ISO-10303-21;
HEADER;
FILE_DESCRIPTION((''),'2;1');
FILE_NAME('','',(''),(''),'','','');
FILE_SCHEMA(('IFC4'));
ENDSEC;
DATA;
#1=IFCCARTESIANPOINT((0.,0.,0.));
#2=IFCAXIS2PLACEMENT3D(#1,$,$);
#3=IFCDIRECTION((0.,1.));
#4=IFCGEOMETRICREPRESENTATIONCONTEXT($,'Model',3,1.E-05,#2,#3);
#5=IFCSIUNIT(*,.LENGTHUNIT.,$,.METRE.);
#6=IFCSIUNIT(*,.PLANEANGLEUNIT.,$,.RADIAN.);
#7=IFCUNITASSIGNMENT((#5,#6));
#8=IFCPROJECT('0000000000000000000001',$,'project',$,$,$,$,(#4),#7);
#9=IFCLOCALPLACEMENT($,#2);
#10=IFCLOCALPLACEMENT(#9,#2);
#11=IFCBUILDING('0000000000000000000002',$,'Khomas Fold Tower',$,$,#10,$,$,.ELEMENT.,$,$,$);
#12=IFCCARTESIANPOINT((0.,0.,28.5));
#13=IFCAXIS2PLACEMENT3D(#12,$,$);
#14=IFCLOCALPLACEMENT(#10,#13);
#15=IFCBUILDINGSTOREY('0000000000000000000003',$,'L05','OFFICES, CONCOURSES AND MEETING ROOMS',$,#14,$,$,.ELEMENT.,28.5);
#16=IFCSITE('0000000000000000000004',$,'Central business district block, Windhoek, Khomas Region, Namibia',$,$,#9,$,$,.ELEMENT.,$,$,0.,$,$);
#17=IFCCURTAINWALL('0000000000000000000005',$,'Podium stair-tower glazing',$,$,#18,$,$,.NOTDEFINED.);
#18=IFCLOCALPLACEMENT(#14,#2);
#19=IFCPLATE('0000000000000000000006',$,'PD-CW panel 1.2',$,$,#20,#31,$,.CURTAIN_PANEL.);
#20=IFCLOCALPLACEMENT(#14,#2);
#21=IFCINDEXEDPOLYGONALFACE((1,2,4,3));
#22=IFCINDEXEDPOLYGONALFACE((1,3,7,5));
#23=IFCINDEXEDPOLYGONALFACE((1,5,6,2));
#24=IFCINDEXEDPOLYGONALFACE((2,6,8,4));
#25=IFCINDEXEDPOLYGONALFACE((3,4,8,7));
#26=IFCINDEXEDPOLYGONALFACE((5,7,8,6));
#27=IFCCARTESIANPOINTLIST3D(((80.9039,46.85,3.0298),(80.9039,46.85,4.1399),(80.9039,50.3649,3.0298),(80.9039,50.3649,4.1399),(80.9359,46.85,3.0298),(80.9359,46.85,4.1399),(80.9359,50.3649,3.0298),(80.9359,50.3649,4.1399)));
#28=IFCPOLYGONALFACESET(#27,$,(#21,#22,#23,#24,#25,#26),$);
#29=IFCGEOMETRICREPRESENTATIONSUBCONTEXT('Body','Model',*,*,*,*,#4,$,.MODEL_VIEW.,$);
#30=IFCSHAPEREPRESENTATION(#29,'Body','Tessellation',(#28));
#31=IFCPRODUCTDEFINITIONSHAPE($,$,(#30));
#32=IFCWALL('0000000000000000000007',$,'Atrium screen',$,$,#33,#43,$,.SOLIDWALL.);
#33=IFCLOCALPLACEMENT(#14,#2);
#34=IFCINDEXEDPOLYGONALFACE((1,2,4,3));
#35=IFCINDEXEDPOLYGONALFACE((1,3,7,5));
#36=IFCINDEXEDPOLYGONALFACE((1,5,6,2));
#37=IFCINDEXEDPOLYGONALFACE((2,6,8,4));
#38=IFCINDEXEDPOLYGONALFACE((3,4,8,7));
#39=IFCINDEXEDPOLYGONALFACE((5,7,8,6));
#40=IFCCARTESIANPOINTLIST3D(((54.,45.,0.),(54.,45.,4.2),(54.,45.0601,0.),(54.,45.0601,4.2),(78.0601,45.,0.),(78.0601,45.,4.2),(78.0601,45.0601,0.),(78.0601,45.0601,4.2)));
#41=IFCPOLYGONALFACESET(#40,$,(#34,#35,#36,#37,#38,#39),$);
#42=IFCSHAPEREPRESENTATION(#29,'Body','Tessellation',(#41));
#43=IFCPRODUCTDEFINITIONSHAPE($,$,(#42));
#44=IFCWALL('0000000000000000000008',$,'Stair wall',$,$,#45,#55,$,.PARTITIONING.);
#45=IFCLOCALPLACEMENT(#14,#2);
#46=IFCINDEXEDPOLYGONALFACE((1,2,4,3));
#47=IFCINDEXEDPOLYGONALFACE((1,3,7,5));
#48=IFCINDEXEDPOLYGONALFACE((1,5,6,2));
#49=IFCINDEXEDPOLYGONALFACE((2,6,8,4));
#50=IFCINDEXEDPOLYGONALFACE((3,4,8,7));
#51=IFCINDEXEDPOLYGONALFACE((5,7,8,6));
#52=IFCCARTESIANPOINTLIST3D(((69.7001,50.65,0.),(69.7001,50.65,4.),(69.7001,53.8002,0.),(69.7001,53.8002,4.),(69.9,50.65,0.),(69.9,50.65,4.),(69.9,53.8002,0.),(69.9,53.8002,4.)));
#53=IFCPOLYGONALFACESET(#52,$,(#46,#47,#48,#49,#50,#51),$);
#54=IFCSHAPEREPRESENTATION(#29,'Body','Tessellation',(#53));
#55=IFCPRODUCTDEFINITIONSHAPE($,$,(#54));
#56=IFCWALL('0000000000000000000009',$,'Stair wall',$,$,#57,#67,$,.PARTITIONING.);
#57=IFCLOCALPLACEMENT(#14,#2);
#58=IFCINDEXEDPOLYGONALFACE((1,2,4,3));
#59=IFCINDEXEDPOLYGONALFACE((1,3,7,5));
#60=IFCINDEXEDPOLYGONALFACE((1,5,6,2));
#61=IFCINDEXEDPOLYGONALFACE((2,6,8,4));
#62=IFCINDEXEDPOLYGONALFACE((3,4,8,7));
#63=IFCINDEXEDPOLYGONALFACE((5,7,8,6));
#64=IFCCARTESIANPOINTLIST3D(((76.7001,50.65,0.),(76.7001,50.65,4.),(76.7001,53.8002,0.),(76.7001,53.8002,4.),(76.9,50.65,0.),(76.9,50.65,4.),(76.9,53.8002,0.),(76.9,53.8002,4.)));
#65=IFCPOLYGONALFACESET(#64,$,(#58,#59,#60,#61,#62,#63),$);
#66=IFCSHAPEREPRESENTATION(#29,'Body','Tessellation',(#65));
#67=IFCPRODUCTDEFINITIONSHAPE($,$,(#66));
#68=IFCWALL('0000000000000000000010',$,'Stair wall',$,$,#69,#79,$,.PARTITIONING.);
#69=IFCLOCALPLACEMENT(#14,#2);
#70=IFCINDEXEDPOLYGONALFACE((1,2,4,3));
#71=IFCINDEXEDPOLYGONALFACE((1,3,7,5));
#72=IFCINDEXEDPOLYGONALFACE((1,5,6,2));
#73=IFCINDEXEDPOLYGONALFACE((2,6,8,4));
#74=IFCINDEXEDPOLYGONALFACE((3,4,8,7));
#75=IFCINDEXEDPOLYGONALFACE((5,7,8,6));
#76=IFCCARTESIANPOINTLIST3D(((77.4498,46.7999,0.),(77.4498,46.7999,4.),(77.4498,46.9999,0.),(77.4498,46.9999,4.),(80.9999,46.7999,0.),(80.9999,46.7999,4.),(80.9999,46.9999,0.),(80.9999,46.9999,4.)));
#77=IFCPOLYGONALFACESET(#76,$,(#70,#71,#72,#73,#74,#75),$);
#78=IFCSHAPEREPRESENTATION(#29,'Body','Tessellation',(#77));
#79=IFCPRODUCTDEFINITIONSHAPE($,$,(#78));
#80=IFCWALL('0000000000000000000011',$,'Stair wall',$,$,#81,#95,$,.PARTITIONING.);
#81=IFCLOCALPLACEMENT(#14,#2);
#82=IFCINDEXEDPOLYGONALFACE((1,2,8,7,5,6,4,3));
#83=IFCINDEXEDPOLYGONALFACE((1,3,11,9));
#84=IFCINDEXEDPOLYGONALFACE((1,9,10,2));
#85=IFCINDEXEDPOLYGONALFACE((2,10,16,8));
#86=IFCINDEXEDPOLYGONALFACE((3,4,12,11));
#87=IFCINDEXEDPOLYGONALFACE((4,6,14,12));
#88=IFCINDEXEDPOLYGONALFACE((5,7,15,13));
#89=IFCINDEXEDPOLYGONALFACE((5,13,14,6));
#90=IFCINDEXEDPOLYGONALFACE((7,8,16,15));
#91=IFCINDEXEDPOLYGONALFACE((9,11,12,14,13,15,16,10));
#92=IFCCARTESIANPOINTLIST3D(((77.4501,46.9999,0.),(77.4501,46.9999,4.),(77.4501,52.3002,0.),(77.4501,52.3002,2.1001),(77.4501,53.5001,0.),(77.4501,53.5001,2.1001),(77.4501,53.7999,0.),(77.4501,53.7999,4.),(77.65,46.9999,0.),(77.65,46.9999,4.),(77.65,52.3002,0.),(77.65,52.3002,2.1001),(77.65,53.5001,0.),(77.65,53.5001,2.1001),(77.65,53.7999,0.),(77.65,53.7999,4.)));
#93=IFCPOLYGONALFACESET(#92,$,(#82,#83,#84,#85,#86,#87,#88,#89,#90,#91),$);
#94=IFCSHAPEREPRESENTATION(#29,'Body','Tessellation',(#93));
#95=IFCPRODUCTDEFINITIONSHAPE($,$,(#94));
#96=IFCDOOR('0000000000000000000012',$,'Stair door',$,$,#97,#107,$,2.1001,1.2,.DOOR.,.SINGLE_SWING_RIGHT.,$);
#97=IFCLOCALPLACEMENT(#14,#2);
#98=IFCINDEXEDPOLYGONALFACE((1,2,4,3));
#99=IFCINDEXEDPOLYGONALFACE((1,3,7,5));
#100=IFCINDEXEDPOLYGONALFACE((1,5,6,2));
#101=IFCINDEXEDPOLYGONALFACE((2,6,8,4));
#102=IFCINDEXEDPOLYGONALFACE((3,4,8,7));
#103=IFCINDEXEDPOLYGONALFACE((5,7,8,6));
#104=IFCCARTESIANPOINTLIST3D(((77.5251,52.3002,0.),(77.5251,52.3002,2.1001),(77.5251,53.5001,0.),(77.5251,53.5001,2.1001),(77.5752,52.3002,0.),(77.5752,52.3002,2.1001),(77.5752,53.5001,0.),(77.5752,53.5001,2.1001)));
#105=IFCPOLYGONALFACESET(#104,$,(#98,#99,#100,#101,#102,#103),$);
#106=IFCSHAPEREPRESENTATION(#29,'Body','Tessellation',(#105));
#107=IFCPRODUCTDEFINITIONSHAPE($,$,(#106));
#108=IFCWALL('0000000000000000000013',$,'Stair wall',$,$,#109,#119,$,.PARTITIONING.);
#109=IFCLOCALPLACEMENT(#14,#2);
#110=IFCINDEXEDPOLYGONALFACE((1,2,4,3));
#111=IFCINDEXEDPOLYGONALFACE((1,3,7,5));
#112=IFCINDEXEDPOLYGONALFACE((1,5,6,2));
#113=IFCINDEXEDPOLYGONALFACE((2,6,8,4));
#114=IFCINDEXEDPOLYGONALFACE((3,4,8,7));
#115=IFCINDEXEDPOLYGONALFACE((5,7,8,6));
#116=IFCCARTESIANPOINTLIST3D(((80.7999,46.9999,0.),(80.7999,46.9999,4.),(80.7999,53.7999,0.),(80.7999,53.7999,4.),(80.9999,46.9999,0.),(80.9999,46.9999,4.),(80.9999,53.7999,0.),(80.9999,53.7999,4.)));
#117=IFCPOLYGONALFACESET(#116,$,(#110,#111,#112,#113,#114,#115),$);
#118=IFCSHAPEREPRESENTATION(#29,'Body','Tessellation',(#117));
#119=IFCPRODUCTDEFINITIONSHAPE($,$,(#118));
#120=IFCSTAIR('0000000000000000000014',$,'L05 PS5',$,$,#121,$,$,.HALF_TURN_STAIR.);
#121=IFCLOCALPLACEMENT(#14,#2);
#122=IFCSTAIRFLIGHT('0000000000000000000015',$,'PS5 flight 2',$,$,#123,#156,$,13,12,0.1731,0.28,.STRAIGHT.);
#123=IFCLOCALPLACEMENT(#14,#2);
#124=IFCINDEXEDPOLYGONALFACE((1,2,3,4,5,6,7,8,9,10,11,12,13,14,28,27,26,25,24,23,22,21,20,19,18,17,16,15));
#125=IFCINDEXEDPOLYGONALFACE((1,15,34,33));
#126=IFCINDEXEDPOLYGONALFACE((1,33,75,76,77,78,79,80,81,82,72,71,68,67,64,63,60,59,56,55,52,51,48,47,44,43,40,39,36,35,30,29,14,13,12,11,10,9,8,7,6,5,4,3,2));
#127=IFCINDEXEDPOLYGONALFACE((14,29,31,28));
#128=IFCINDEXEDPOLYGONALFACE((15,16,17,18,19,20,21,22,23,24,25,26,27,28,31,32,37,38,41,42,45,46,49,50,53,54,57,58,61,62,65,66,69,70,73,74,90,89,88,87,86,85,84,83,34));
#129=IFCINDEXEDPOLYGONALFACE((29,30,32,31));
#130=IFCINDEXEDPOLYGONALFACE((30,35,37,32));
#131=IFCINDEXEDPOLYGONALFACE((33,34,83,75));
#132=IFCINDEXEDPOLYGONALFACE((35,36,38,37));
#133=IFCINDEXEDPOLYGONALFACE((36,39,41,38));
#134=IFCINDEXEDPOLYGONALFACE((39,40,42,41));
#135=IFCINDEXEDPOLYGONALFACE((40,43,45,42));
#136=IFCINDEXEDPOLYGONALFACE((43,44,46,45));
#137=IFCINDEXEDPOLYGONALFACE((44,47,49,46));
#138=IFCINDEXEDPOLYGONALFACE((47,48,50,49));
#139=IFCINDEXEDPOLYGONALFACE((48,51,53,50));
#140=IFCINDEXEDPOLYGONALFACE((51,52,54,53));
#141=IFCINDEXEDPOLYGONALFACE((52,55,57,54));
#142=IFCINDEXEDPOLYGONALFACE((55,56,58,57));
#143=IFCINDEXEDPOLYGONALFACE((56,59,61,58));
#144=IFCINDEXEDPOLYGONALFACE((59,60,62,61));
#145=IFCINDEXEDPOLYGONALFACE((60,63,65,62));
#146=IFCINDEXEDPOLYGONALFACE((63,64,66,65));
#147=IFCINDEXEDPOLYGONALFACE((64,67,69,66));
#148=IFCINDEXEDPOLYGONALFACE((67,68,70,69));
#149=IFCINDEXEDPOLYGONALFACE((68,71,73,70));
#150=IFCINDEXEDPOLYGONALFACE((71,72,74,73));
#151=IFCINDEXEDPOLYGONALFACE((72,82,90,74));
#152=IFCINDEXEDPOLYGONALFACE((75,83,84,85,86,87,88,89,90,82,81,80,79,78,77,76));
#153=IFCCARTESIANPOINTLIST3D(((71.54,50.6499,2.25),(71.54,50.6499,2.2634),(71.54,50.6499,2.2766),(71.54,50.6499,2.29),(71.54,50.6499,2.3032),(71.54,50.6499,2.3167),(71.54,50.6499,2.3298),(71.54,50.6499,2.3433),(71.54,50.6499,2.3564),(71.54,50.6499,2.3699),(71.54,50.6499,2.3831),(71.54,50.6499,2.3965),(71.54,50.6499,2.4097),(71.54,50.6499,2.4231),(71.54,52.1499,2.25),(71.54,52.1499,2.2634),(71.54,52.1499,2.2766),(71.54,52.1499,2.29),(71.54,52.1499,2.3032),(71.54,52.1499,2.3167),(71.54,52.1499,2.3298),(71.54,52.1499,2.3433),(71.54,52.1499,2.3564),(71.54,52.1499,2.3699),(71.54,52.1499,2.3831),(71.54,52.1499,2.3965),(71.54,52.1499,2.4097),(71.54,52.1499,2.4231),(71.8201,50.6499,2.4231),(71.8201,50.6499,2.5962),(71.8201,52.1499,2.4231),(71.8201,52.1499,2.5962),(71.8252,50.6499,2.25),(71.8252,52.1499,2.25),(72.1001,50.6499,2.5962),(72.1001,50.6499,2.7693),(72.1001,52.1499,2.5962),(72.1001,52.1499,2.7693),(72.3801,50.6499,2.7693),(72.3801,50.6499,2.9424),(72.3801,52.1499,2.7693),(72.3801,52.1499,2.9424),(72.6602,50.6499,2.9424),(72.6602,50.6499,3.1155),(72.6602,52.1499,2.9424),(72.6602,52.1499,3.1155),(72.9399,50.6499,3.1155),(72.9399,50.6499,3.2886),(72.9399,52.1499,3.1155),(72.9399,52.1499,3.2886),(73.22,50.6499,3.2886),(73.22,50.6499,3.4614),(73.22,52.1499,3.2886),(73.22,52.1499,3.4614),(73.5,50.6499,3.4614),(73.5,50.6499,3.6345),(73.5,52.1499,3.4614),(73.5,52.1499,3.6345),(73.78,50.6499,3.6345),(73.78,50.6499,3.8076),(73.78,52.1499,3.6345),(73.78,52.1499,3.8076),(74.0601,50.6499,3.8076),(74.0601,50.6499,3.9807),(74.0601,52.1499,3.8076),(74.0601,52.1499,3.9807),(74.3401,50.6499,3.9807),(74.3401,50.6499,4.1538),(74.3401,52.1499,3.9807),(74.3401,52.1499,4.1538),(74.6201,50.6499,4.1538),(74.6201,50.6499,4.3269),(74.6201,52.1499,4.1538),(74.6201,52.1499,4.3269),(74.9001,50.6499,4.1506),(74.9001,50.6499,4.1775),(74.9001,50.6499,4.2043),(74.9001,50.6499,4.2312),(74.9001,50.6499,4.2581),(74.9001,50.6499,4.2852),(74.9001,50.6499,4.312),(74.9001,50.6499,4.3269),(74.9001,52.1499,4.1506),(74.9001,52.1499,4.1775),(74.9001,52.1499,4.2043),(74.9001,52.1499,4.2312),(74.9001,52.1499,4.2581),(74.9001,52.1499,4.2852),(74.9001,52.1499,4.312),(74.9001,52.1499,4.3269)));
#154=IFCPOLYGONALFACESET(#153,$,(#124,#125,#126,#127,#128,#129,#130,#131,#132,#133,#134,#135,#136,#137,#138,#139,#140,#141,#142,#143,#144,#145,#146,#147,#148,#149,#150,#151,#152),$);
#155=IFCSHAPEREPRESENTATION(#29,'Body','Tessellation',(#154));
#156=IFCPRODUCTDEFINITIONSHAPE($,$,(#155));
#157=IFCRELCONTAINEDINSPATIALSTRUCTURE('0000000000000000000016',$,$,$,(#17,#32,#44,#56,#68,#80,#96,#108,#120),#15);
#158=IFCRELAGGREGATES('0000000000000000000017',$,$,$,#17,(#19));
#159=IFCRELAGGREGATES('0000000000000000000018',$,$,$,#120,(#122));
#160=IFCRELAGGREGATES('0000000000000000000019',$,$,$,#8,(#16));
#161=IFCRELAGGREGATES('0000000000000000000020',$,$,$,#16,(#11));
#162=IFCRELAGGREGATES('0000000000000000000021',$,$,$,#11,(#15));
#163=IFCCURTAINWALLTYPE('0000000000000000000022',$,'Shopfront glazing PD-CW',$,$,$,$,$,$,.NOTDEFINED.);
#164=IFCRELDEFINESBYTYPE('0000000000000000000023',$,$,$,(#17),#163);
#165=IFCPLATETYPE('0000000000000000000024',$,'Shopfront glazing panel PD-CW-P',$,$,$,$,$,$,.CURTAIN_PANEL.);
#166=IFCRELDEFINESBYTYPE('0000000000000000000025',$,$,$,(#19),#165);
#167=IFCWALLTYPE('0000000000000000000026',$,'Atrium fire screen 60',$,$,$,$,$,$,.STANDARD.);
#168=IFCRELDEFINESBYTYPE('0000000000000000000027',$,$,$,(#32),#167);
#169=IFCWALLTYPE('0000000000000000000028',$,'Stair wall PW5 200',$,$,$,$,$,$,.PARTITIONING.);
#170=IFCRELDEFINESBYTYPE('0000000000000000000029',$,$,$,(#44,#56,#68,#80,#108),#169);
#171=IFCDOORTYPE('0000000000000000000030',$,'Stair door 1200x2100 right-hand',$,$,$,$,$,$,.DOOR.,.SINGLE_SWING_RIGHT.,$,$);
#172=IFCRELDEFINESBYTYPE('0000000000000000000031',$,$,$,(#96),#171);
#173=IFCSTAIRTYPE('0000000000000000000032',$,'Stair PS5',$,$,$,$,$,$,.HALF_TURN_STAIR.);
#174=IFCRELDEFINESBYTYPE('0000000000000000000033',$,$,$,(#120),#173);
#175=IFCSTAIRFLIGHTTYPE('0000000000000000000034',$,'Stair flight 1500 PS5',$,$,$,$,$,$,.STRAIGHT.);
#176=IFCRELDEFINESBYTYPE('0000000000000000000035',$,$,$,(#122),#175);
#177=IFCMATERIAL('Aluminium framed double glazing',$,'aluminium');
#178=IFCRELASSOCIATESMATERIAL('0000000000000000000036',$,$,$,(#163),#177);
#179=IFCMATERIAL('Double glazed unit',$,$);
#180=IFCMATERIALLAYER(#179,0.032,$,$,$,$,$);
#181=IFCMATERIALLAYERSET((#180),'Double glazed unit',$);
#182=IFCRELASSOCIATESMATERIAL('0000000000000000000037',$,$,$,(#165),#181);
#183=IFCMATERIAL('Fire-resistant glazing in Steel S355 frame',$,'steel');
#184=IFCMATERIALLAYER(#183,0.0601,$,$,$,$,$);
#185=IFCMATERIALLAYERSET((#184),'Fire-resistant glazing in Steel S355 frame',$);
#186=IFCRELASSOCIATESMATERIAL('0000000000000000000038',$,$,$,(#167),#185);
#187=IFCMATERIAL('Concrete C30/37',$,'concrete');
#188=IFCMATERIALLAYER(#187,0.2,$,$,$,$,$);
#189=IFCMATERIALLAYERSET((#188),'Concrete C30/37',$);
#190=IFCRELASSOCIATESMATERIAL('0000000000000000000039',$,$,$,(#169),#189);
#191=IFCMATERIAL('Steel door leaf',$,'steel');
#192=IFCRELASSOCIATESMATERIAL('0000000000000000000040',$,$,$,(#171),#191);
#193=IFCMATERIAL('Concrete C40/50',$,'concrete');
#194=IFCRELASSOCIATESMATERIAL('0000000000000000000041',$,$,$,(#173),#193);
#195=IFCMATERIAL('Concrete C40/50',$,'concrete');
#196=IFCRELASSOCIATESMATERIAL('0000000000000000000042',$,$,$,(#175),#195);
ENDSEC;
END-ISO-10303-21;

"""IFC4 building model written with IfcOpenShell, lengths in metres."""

from ifc_helpers import new_model, si_unit, direction, frame, frame_2d, origin, origin_2d, place, context, subcontext, project, spatial, polyline, rectangle, outline, extrude, source, transform, mapped, material, layer, layer_set, type_object, element, fill, aggregate, save


model = new_model("IFC4")

# Units and contexts
model_context = context("Model", 3, precision=1e-05, world=origin(), true_north=direction((0.0, 1.0)))
body_context = subcontext(model_context, "Body", "Model", "MODEL_VIEW")
ifc_project = project(units=[si_unit("LENGTHUNIT", "METRE"), si_unit("PLANEANGLEUNIT", "RADIAN")], contexts=[model_context])

# Site, building, storey
site_placement = place(None, origin())
site = spatial("IfcSite", under=ifc_project, at=site_placement, Name="Central business district block, Windhoek, Khomas Region, Namibia", CompositionType="ELEMENT", RefElevation=0.0)
building_placement = place(site_placement, origin())
building = spatial("IfcBuilding", under=site, at=building_placement, Name="Khomas Fold Tower", CompositionType="ELEMENT")
storey_placement = place(building_placement, frame((0.0, 0.0, 28.5)))
storey = spatial("IfcBuildingStorey", under=building, at=storey_placement, Name="L05", Description="OFFICES, CONCOURSES AND MEETING ROOMS", CompositionType="ELEMENT", Elevation=28.5)

# Curtain wall, plate
ifc_material_1 = material(Name="Aluminium framed double glazing", Category="aluminium")
curtain_wall_type = type_object("IfcCurtainWallType", Name="Shopfront glazing PD-CW", PredefinedType="NOTDEFINED", material=ifc_material_1)
curtain_wall_placement = place(storey_placement, origin())
curtain_wall = element("IfcCurtainWall", 1, at=curtain_wall_placement, inside=storey, type_object=curtain_wall_type, Name="Podium stair-tower glazing", PredefinedType="NOTDEFINED")
ifc_material_2 = material(Name="Double glazed unit")
ifc_layer_1 = layer(ifc_material_2, 0.032)
ifc_layer_set_1 = layer_set([ifc_layer_1], Name="Double glazed unit")
plate_type = type_object("IfcPlateType", Name="Shopfront glazing panel PD-CW-P", PredefinedType="CURTAIN_PANEL", material=ifc_layer_set_1)
shared_shape_1 = source(origin(), body_context, "Body", "SweptSolid", [
    extrude(rectangle(XDim=3.5149, YDim=0.032, at=origin_2d()), origin(), (0.0, 0.0, 1.0), 1.1101),
])
plate_1_placement = place(storey_placement, frame((80.9199, 48.6074, 3.0298), z_axis=(0.0, 0.0, 1.0), x_axis=(0.0, 1.0, 0.0)))
plate_1 = element("IfcPlate", 2, at=plate_1_placement, type_object=plate_type, Name="PD-CW panel 1.2", PredefinedType="CURTAIN_PANEL", context=body_context, shape_type="MappedRepresentation", body=[
    mapped(shared_shape_1, transform((0.0, 0.0, 0.0))),
])
aggregate(curtain_wall, [plate_1])

# Walls
ifc_material_3 = material(Name="Fire-resistant glazing in Steel S355 frame", Category="steel")
ifc_layer_2 = layer(ifc_material_3, 0.0601)
ifc_layer_set_2 = layer_set([ifc_layer_2], Name="Fire-resistant glazing in Steel S355 frame")
wall_type_1 = type_object("IfcWallType", Name="Atrium fire screen 60", PredefinedType="STANDARD", material=ifc_layer_set_2)
shared_shape_2 = source(origin(), body_context, "Body", "SweptSolid", [
    extrude(rectangle(XDim=24.0601, YDim=0.0601, at=frame_2d((12.03, 0.0))), origin(), (0.0, 0.0, 1.0), 4.2),
])
wall_1_placement = place(storey_placement, frame((78.0601, 45.03, 0.0), z_axis=(0.0, 0.0, 1.0), x_axis=(-1.0, 0.0, 0.0)))
element("IfcWall", 3, at=wall_1_placement, inside=storey, type_object=wall_type_1, Name="Atrium screen", PredefinedType="SOLIDWALL", context=body_context, shape_type="MappedRepresentation", body=[
    mapped(shared_shape_2, transform((0.0, 0.0, 0.0))),
])
ifc_material_4 = material(Name="Concrete C30/37", Category="concrete")
ifc_layer_3 = layer(ifc_material_4, 0.2)
ifc_layer_set_3 = layer_set([ifc_layer_3], Name="Concrete C30/37")
wall_type_2 = type_object("IfcWallType", Name="Stair wall PW5 200", PredefinedType="PARTITIONING", material=ifc_layer_set_3)
shared_shape_3 = source(origin(), body_context, "Body", "SweptSolid", [
    extrude(rectangle(XDim=3.1501, YDim=0.2, at=frame_2d((1.5752, 0.0))), origin(), (0.0, 0.0, 1.0), 4.0),
])
for number, where, z_axis, x_axis, name in (
    (4, (69.8, 50.6499, 0.0), (0.0, 0.0, 1.0), (0.0, 1.0, 0.0), "Stair wall"),
    (5, (76.8, 50.6499, 0.0), (0.0, 0.0, 1.0), (0.0, 1.0, 0.0), "Stair wall"),
):
    element("IfcWall", number, at=place(storey_placement, frame(where, z_axis=z_axis, x_axis=x_axis)), inside=storey, type_object=wall_type_2, Name=name, PredefinedType="PARTITIONING", context=body_context, shape_type="MappedRepresentation", body=[
        mapped(shared_shape_3, transform((0.0, 0.0, 0.0))),
    ])
shared_shape_4 = source(origin(), body_context, "Body", "SweptSolid", [
    extrude(rectangle(XDim=3.55, YDim=0.2, at=frame_2d((1.7749, 0.0))), origin(), (0.0, 0.0, 1.0), 4.0),
])
wall_2_placement = place(storey_placement, frame((77.45, 46.8999, 0.0), z_axis=(0.0, 0.0, 1.0), x_axis=(1.0, 0.0, 0.0)))
element("IfcWall", 6, at=wall_2_placement, inside=storey, type_object=wall_type_2, Name="Stair wall", PredefinedType="PARTITIONING", context=body_context, shape_type="MappedRepresentation", body=[
    mapped(shared_shape_4, transform((0.0, 0.0, 0.0))),
])

# Wall, opening, door
shared_shape_5 = source(origin(), body_context, "Body", "SweptSolid", [
    extrude(rectangle(XDim=6.8, YDim=0.2, at=frame_2d((3.3999, 0.0))), origin(), (0.0, 0.0, 1.0), 4.0),
])
wall_3_placement = place(storey_placement, frame((77.55, 47.0, 0.0), z_axis=(0.0, 0.0, 1.0), x_axis=(0.0, 1.0, 0.0)))
wall_3 = element("IfcWall", 7, at=wall_3_placement, inside=storey, type_object=wall_type_2, Name="Stair wall", PredefinedType="PARTITIONING", context=body_context, shape_type="MappedRepresentation", body=[
    mapped(shared_shape_5, transform((0.0, 0.0, 0.0))),
])
shared_shape_6 = source(origin(), body_context, "Body", "SweptSolid", [
    extrude(rectangle(XDim=1.2, YDim=2.1001, at=frame_2d((0.6001, 1.05))), frame((0.0, 0.1099, 0.0), z_axis=(0.0, -1.0, 0.0), x_axis=(1.0, 0.0, 0.0)), (0.0, 0.0, 1.0), 0.22),
])
opening_placement = place(wall_3_placement, frame((5.3, 0.0, 0.0)))
opening = element("IfcOpeningElement", 8, at=opening_placement, cuts=wall_3, PredefinedType="OPENING", context=body_context, shape_type="MappedRepresentation", body=[
    mapped(shared_shape_6, transform((0.0, 0.0, 0.0))),
])
ifc_material_5 = material(Name="Steel door leaf", Category="steel")
door_type = type_object("IfcDoorType", Name="Stair door 1200x2100 right-hand", OperationType="SINGLE_SWING_RIGHT", PredefinedType="DOOR", material=ifc_material_5)
shared_shape_7 = source(origin(), body_context, "Body", "SweptSolid", [
    extrude(rectangle(XDim=1.2, YDim=2.1001, at=frame_2d((0.6001, 1.05))), frame((0.0, 0.0249, 0.0), z_axis=(0.0, -1.0, 0.0), x_axis=(1.0, 0.0, 0.0)), (0.0, 0.0, 1.0), 0.05),
])
door_placement = place(opening_placement, origin())
door = element("IfcDoor", 9, at=door_placement, inside=storey, type_object=door_type, Name="Stair door", OperationType="SINGLE_SWING_RIGHT", OverallHeight=2.1001, OverallWidth=1.2, PredefinedType="DOOR", context=body_context, shape_type="MappedRepresentation", body=[
    mapped(shared_shape_7, transform((0.0, 0.0, 0.0))),
])
fill(opening, door)

# Wall
wall_4_placement = place(storey_placement, frame((80.8999, 47.0, 0.0), z_axis=(0.0, 0.0, 1.0), x_axis=(0.0, 1.0, 0.0)))
element("IfcWall", 10, at=wall_4_placement, inside=storey, type_object=wall_type_2, Name="Stair wall", PredefinedType="PARTITIONING", context=body_context, shape_type="MappedRepresentation", body=[
    mapped(shared_shape_5, transform((0.0, 0.0, 0.0))),
])

# Stair, stair flight
ifc_material_6 = material(Name="Concrete C40/50", Category="concrete")
stair_type_1 = type_object("IfcStairType", Name="Stair PS5", PredefinedType="HALF_TURN_STAIR", material=ifc_material_6)
stair_1_placement = place(storey_placement, origin())
stair_1 = element("IfcStair", 11, at=stair_1_placement, inside=storey, type_object=stair_type_1, Name="L05 PS5", PredefinedType="HALF_TURN_STAIR")
ifc_material_7 = material(Name="Concrete C40/50", Category="concrete")
stair_flight_type_1 = type_object("IfcStairFlightType", Name="Stair flight 1500 PS5", PredefinedType="STRAIGHT", material=ifc_material_7)
shared_shape_8 = source(origin(), body_context, "Body", "SweptSolid", [
    extrude(outline(polyline([(0.0, 0.0), (0.0, 0.0134), (0.0, 0.0266), (0.0, 0.04), (0.0, 0.0532), (0.0, 0.0667), (0.0, 0.0798), (0.0, 0.0933), (0.0, 0.1064), (0.0, 0.1199), (0.0, 0.1331), (0.0, 0.1465), (0.0, 0.1597), (0.0, 0.1731), (0.28, 0.1731), (0.28, 0.3462), (0.5601, 0.3462), (0.5601, 0.5193), (0.8401, 0.5193), (0.8401, 0.6924), (1.1201, 0.6924), (1.1201, 0.8655), (1.3999, 0.8655), (1.3999, 1.0386), (1.6799, 1.0386), (1.6799, 1.2114), (1.96, 1.2114), (1.96, 1.3845), (2.24, 1.3845), (2.24, 1.5576), (2.52, 1.5576), (2.52, 1.7307), (2.8, 1.7307), (2.8, 1.9038), (3.0801, 1.9038), (3.0801, 2.0769), (3.3601, 2.0769), (3.3601, 2.25), (3.3601, 2.2231), (3.3601, 2.1963), (3.3601, 2.1694), (3.3601, 2.1426), (3.3601, 2.1157), (3.3601, 2.0889), (3.3601, 2.062), (3.3601, 2.0352), (3.3601, 2.0081), (3.3601, 1.9812), (3.3601, 1.9543), (3.3601, 1.9275), (3.3601, 1.9006), (0.2852, 0.0), (0.0, 0.0)])), frame((0.0, 0.75, 0.0), z_axis=(0.0, -1.0, 0.0), x_axis=(1.0, 0.0, 0.0)), (0.0, 0.0, 1.0), 1.5),
])
stair_flight_1_placement = place(storey_placement, frame((71.54, 51.3999, 2.25), z_axis=(0.0, 0.0, 1.0), x_axis=(1.0, 0.0, 0.0)))
stair_flight_1 = element("IfcStairFlight", 12, at=stair_flight_1_placement, type_object=stair_flight_type_1, Name="PS5 flight 2", NumberOfRisers=13, NumberOfTreads=12, PredefinedType="STRAIGHT", RiserHeight=0.1731, TreadLength=0.28, context=body_context, shape_type="MappedRepresentation", body=[
    mapped(shared_shape_8, transform((0.0, 0.0, 0.0))),
])
aggregate(stair_1, [stair_flight_1])

save(model, "model.ifc")
